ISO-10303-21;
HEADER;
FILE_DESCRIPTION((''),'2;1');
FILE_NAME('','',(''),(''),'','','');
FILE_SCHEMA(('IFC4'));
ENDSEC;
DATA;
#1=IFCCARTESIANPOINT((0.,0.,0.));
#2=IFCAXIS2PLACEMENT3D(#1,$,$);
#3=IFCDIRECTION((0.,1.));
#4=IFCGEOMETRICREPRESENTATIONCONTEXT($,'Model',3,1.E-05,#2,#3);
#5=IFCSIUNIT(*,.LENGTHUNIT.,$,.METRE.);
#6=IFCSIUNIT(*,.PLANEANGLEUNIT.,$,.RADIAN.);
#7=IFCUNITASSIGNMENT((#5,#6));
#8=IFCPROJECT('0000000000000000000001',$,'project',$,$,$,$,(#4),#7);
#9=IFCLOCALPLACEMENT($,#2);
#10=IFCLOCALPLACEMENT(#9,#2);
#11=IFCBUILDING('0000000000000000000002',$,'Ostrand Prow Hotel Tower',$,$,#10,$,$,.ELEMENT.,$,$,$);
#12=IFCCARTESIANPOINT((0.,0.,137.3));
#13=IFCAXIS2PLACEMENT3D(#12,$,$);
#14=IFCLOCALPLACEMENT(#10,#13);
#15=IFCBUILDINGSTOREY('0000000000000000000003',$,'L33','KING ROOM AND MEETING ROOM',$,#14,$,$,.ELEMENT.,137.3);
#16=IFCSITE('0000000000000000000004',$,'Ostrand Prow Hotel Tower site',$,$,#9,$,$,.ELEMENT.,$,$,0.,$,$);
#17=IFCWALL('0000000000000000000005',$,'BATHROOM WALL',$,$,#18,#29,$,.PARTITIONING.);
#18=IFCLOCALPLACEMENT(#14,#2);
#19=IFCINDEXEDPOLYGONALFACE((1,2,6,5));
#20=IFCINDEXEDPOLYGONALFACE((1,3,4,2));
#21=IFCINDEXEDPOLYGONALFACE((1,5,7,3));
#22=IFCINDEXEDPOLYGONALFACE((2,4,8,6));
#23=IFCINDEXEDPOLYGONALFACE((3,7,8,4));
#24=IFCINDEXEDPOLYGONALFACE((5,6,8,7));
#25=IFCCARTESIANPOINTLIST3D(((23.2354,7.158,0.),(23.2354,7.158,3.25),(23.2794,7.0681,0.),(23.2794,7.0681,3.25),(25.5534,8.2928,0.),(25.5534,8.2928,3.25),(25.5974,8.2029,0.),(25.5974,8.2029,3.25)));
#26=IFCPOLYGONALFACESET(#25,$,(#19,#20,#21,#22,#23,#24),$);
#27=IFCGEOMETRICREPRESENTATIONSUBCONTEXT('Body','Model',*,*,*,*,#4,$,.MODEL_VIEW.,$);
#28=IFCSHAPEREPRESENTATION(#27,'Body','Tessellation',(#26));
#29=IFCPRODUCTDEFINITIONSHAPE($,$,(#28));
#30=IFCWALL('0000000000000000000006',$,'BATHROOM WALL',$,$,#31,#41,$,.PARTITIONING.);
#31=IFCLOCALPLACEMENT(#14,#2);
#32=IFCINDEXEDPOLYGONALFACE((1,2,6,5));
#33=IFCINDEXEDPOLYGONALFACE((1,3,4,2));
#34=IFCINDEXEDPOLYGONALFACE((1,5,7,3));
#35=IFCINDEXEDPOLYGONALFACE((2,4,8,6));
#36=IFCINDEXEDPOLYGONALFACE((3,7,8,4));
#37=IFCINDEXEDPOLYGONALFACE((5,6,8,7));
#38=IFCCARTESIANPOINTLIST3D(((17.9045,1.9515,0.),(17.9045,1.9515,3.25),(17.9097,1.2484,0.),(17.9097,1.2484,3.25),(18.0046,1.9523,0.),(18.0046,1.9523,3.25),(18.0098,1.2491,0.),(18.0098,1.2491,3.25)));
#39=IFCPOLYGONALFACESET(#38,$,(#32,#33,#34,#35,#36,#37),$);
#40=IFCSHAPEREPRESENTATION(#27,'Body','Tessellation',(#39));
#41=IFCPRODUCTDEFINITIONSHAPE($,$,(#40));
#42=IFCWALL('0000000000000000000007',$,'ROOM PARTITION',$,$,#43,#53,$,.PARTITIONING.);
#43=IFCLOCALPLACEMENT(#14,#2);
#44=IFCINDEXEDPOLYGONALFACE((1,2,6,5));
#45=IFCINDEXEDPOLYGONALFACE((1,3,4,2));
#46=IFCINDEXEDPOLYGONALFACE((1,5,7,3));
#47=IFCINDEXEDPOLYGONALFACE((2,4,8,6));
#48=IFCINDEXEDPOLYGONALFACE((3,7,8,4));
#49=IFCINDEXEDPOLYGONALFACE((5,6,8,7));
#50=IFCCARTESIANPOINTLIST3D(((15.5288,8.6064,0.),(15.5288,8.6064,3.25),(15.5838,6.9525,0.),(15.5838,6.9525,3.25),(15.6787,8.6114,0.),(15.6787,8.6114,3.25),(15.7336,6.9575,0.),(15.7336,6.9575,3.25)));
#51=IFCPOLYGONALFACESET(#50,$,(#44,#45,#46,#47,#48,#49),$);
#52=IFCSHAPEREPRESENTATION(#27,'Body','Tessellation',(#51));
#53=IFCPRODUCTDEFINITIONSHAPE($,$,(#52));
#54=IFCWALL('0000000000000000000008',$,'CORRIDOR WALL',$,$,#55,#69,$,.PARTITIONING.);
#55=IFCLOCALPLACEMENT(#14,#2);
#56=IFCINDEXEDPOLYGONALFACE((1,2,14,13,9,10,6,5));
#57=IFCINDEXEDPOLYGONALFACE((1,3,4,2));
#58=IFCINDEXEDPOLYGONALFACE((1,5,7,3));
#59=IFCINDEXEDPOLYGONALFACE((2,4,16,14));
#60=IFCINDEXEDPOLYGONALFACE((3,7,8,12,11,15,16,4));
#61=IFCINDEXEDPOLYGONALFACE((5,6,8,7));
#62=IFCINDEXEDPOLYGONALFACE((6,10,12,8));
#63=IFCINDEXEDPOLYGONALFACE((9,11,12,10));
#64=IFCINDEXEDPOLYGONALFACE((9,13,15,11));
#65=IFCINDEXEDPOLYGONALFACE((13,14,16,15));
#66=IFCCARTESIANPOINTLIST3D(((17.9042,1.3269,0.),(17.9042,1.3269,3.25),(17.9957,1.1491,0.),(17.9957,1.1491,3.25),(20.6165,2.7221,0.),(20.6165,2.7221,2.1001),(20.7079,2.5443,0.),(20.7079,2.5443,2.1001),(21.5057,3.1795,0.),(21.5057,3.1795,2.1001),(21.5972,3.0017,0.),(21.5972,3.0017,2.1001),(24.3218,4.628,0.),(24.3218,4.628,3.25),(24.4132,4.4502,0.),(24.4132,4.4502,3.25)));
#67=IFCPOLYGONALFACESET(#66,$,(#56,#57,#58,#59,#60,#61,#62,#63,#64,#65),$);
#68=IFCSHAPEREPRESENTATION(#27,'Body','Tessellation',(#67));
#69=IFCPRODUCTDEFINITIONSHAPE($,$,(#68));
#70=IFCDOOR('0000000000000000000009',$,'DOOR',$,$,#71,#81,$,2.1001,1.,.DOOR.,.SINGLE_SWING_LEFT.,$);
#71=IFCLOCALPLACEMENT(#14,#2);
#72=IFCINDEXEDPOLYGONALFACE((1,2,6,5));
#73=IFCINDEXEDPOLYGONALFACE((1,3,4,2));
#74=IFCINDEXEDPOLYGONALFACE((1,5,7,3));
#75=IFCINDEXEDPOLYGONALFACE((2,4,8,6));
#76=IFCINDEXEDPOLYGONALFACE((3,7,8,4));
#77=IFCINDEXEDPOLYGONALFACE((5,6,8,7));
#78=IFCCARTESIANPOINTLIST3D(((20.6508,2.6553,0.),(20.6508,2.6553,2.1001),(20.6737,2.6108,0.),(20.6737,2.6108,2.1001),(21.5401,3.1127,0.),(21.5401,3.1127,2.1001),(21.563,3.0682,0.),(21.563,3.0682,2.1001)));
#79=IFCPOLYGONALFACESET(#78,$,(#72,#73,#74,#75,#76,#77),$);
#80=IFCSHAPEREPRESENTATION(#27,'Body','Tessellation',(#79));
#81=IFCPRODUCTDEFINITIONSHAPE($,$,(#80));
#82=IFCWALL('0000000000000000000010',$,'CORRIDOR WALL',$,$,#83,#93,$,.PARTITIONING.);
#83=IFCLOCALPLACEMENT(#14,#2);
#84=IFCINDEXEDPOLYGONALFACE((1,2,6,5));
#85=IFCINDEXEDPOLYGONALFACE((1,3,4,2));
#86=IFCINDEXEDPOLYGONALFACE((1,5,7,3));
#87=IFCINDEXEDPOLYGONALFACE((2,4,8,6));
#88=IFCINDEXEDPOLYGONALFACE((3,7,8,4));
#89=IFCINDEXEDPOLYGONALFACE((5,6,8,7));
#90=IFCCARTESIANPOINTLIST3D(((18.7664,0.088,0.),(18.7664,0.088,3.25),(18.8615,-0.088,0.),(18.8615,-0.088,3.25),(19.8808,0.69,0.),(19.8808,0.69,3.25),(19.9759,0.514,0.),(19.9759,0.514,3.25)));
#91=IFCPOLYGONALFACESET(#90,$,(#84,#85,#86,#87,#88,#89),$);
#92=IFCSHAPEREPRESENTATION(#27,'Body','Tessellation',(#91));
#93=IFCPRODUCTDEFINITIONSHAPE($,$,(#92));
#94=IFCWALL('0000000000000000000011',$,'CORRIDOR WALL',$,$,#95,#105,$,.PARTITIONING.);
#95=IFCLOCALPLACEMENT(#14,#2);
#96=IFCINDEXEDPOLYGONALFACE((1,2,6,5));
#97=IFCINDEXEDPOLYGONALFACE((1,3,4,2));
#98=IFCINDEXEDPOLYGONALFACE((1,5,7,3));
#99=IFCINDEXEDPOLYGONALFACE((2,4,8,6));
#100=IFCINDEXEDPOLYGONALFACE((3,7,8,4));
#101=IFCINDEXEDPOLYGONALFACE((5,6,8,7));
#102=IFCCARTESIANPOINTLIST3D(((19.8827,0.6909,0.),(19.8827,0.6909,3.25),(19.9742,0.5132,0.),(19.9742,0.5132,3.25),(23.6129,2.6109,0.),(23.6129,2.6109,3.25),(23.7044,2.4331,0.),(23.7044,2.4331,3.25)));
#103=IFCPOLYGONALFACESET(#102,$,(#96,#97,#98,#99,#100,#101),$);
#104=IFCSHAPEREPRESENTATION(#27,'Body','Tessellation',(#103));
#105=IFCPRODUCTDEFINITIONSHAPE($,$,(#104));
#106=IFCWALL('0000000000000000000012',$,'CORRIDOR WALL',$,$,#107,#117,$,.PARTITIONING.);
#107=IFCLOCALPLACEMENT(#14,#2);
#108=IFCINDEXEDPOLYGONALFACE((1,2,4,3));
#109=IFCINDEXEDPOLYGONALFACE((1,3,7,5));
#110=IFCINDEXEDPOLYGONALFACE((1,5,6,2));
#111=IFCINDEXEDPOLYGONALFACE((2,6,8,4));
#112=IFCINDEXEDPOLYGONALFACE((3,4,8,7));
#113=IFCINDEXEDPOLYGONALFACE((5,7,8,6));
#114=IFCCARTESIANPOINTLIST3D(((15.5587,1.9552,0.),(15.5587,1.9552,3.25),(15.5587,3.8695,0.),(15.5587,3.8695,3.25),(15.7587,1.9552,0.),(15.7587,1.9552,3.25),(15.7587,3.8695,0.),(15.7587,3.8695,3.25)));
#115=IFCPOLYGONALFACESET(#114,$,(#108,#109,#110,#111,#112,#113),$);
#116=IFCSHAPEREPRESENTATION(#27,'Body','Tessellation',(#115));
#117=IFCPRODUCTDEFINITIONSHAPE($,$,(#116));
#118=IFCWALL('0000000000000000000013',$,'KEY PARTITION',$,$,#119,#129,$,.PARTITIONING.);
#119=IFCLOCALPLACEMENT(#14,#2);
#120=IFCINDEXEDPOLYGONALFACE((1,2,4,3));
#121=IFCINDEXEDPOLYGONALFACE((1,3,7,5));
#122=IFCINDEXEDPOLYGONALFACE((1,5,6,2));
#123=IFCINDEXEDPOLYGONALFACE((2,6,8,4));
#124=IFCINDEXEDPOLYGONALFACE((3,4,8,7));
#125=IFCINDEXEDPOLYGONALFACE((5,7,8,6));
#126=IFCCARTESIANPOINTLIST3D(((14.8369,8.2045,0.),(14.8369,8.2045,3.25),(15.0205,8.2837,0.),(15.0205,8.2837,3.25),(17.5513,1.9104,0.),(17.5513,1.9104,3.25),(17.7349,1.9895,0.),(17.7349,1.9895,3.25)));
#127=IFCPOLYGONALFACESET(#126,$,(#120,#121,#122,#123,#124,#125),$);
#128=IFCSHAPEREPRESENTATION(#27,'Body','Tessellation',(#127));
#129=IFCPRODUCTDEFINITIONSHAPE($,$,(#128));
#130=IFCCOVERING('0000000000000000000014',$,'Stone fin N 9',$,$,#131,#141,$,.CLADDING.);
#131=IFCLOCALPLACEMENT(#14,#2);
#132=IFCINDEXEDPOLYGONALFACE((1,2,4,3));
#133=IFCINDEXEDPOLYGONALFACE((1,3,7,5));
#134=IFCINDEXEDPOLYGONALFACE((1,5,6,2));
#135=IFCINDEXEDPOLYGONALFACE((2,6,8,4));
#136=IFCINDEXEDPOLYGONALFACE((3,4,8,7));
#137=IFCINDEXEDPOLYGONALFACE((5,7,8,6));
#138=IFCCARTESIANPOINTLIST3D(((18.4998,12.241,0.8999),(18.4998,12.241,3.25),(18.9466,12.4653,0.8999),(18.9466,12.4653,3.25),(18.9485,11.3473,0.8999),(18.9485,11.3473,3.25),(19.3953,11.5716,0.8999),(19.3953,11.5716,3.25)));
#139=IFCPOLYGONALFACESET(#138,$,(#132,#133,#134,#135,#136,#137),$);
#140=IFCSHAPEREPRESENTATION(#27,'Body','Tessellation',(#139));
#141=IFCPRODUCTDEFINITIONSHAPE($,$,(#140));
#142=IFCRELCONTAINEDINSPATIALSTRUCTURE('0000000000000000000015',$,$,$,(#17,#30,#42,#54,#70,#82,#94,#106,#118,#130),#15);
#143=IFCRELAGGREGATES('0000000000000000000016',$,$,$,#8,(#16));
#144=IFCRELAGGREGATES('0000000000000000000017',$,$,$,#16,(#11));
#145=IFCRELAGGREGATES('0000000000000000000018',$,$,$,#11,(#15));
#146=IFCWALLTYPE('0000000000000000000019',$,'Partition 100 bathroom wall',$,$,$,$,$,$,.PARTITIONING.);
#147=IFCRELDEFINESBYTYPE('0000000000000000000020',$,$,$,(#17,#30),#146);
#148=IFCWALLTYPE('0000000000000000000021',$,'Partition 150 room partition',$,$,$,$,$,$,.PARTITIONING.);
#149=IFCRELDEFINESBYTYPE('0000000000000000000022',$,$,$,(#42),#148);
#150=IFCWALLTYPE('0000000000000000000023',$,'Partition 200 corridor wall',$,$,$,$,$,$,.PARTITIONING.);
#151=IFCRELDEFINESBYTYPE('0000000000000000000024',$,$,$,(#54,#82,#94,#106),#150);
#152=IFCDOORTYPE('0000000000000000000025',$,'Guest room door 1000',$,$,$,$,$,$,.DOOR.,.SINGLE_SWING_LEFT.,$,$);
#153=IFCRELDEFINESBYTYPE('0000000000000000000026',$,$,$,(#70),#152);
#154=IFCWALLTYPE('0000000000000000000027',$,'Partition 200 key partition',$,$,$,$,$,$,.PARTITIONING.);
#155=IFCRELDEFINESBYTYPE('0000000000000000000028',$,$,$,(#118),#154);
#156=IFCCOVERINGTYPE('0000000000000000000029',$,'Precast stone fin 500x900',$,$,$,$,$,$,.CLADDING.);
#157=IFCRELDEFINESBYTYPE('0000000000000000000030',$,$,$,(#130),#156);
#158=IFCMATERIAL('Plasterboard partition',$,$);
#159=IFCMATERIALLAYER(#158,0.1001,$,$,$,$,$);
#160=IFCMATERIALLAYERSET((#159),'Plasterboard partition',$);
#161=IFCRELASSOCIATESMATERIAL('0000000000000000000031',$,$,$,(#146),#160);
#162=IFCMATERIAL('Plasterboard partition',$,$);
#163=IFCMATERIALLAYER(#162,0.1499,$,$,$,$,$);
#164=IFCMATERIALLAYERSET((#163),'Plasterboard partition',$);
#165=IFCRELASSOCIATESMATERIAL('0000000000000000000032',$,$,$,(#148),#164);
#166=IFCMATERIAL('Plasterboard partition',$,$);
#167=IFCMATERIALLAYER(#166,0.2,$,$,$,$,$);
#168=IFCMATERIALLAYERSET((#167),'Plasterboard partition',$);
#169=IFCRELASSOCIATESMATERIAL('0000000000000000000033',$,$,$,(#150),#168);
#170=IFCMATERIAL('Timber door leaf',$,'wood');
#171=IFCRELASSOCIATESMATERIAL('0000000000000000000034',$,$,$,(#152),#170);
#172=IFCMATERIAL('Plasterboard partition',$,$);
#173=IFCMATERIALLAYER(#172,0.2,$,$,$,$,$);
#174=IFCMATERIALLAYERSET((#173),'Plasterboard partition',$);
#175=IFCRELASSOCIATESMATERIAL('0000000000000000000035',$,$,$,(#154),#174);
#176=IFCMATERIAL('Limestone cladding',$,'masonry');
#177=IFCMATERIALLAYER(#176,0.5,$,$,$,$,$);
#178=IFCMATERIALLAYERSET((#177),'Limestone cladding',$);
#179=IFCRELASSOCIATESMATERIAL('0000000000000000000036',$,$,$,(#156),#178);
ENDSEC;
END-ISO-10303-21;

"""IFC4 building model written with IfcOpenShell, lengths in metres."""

from ifc_helpers import new_model, si_unit, direction, frame, frame_2d, origin, place, context, subcontext, project, spatial, rectangle, extrude, material, layer, layer_set, type_object, element, fill, save


model = new_model("IFC4")

# Units and contexts
model_context = context("Model", 3, precision=1e-05, world=origin(), true_north=direction((0.0, 1.0)))
body_context = subcontext(model_context, "Body", "Model", "MODEL_VIEW")
ifc_project = project(units=[si_unit("LENGTHUNIT", "METRE"), si_unit("PLANEANGLEUNIT", "RADIAN")], contexts=[model_context])

# Site, building, storey
site_placement = place(None, origin())
site = spatial("IfcSite", under=ifc_project, at=site_placement, Name="Ostrand Prow Hotel Tower site", CompositionType="ELEMENT", RefElevation=0.0)
building_placement = place(site_placement, origin())
building = spatial("IfcBuilding", under=site, at=building_placement, Name="Ostrand Prow Hotel Tower", CompositionType="ELEMENT")
storey_placement = place(building_placement, frame((0.0, 0.0, 137.3)))
storey = spatial("IfcBuildingStorey", under=building, at=storey_placement, Name="L33", Description="KING ROOM AND MEETING ROOM", CompositionType="ELEMENT", Elevation=137.3)

# Shared definitions
ifc_material_1 = material(Name="Plasterboard partition")
ifc_layer_1 = layer(ifc_material_1, 0.1001)
ifc_layer_set_1 = layer_set([ifc_layer_1], Name="Plasterboard partition")
wall_type_1 = type_object("IfcWallType", Name="Partition 100 bathroom wall", PredefinedType="PARTITIONING", material=ifc_layer_set_1)

# Walls
wall_1_placement = place(storey_placement, frame((23.2573, 7.113, 0.0), z_axis=(0.0, 0.0, 1.0), x_axis=(0.898142, 0.439706, 0.0)))
element("IfcWall", 1, at=wall_1_placement, inside=storey, type_object=wall_type_1, Name="BATHROOM WALL", PredefinedType="PARTITIONING", context=body_context, shape_type="SweptSolid", body=[
    extrude(rectangle(XDim=2.5808, YDim=0.1001, at=frame_2d((1.2905, 0.0))), origin(), (0.0, 0.0, 1.0), 3.25),
])
wall_2_placement = place(storey_placement, frame((17.9597, 1.2488, 0.0), z_axis=(0.0, 0.0, 1.0), x_axis=(-0.007291, 0.999973, 0.0)))
element("IfcWall", 2, at=wall_2_placement, inside=storey, type_object=wall_type_1, Name="BATHROOM WALL", PredefinedType="PARTITIONING", context=body_context, shape_type="SweptSolid", body=[
    extrude(rectangle(XDim=0.7031, YDim=0.1001, at=frame_2d((0.3516, 0.0))), origin(), (0.0, 0.0, 1.0), 3.25),
])
ifc_material_2 = material(Name="Plasterboard partition")
ifc_layer_2 = layer(ifc_material_2, 0.1499)
ifc_layer_set_2 = layer_set([ifc_layer_2], Name="Plasterboard partition")
wall_type_2 = type_object("IfcWallType", Name="Partition 150 room partition", PredefinedType="PARTITIONING", material=ifc_layer_set_2)
wall_3_placement = place(storey_placement, frame((15.6038, 8.6089, 0.0), z_axis=(0.0, 0.0, 1.0), x_axis=(0.033197, -0.999449, 0.0)))
element("IfcWall", 3, at=wall_3_placement, inside=storey, type_object=wall_type_2, Name="ROOM PARTITION", PredefinedType="PARTITIONING", context=body_context, shape_type="SweptSolid", body=[
    extrude(rectangle(XDim=1.6548, YDim=0.1499, at=frame_2d((0.8274, 0.0))), origin(), (0.0, 0.0, 1.0), 3.25),
])

# Wall, opening, door
ifc_material_3 = material(Name="Plasterboard partition")
ifc_layer_3 = layer(ifc_material_3, 0.2)
ifc_layer_set_3 = layer_set([ifc_layer_3], Name="Plasterboard partition")
wall_type_3 = type_object("IfcWallType", Name="Partition 200 corridor wall", PredefinedType="PARTITIONING", material=ifc_layer_set_3)
wall_4_placement = place(storey_placement, frame((17.95, 1.238, 0.0), z_axis=(0.0, 0.0, 1.0), x_axis=(0.889254, 0.457415, 0.0)))
wall_4 = element("IfcWall", 4, at=wall_4_placement, inside=storey, type_object=wall_type_3, Name="CORRIDOR WALL", PredefinedType="PARTITIONING", context=body_context, shape_type="SweptSolid", body=[
    extrude(rectangle(XDim=7.2168, YDim=0.2, at=frame_2d((3.6084, 0.0))), origin(), (0.0, 0.0, 1.0), 3.25),
])
opening_1_placement = place(wall_4_placement, frame((3.05, 0.0, 0.0)))
opening_1 = element("IfcOpeningElement", 5, at=opening_1_placement, cuts=wall_4, PredefinedType="OPENING", context=body_context, shape_type="SweptSolid", body=[
    extrude(rectangle(XDim=1.0, YDim=2.1001, at=frame_2d((0.5, 1.05))), frame((0.0, 0.1099, 0.0), z_axis=(0.0, -1.0, 0.0), x_axis=(1.0, 0.0, 0.0)), (0.0, 0.0, 1.0), 0.22),
])
ifc_material_4 = material(Name="Timber door leaf", Category="wood")
door_type_1 = type_object("IfcDoorType", Name="Guest room door 1000", OperationType="SINGLE_SWING_LEFT", PredefinedType="DOOR", material=ifc_material_4)
door_1_placement = place(opening_1_placement, origin())
door_1 = element("IfcDoor", 6, at=door_1_placement, inside=storey, type_object=door_type_1, Name="DOOR", OperationType="SINGLE_SWING_LEFT", OverallHeight=2.1001, OverallWidth=1.0, PredefinedType="DOOR", context=body_context, shape_type="SweptSolid", body=[
    extrude(rectangle(XDim=1.0, YDim=2.1001, at=frame_2d((0.5, 1.05))), frame((0.0, 0.0249, 0.0), z_axis=(0.0, -1.0, 0.0), x_axis=(1.0, 0.0, 0.0)), (0.0, 0.0, 1.0), 0.05),
])
fill(opening_1, door_1)

# Walls
wall_5_placement = place(storey_placement, frame((18.814, 0.0, 0.0), z_axis=(0.0, 0.0, 1.0), x_axis=(0.879833, 0.475283, 0.0)))
element("IfcWall", 7, at=wall_5_placement, inside=storey, type_object=wall_type_3, Name="CORRIDOR WALL", PredefinedType="PARTITIONING", context=body_context, shape_type="SweptSolid", body=[
    extrude(rectangle(XDim=1.2666, YDim=0.2, at=frame_2d((0.6333, 0.0))), origin(), (0.0, 0.0, 1.0), 3.25),
])
wall_6_placement = place(storey_placement, frame((19.9285, 0.6021, 0.0), z_axis=(0.0, 0.0, 1.0), x_axis=(0.88914, 0.457635, 0.0)))
element("IfcWall", 8, at=wall_6_placement, inside=storey, type_object=wall_type_3, Name="CORRIDOR WALL", PredefinedType="PARTITIONING", context=body_context, shape_type="SweptSolid", body=[
    extrude(rectangle(XDim=4.1953, YDim=0.2, at=frame_2d((2.0977, 0.0))), origin(), (0.0, 0.0, 1.0), 3.25),
])
wall_7_placement = place(storey_placement, frame((15.6587, 3.8694, 0.0), z_axis=(0.0, 0.0, 1.0), x_axis=(0.0, -1.0, 0.0)))
element("IfcWall", 9, at=wall_7_placement, inside=storey, type_object=wall_type_3, Name="CORRIDOR WALL", PredefinedType="PARTITIONING", context=body_context, shape_type="SweptSolid", body=[
    extrude(rectangle(XDim=1.9143, YDim=0.2, at=frame_2d((0.957, 0.0))), origin(), (0.0, 0.0, 1.0), 3.25),
])
ifc_material_5 = material(Name="Plasterboard partition")
ifc_layer_4 = layer(ifc_material_5, 0.2)
ifc_layer_set_4 = layer_set([ifc_layer_4], Name="Plasterboard partition")
wall_type_4 = type_object("IfcWallType", Name="Partition 200 key partition", PredefinedType="PARTITIONING", material=ifc_layer_set_4)
wall_8_placement = place(storey_placement, frame((17.6431, 1.95, 0.0), z_axis=(0.0, 0.0, 1.0), x_axis=(-0.395995, 0.918253, 0.0)))
element("IfcWall", 10, at=wall_8_placement, inside=storey, type_object=wall_type_4, Name="KEY PARTITION", PredefinedType="PARTITIONING", context=body_context, shape_type="SweptSolid", body=[
    extrude(rectangle(XDim=6.8545, YDim=0.2, at=frame_2d((3.4272, 0.0))), origin(), (0.0, 0.0, 1.0), 3.25),
])

# Covering
ifc_material_6 = material(Name="Limestone cladding", Category="masonry")
ifc_layer_5 = layer(ifc_material_6, 0.5)
ifc_layer_set_5 = layer_set([ifc_layer_5], Name="Limestone cladding")
covering_type = type_object("IfcCoveringType", Name="Precast stone fin 500x900", PredefinedType="CLADDING", material=ifc_layer_set_5)
covering_placement = place(storey_placement, frame((19.1719, 11.4595, 0.8999), z_axis=(0.0, 0.0, 1.0), x_axis=(-0.448678, 0.893694, 0.0)))
element("IfcCovering", 11, at=covering_placement, inside=storey, type_object=covering_type, Name="Stone fin N 9", PredefinedType="CLADDING", context=body_context, shape_type="SweptSolid", body=[
    extrude(rectangle(XDim=1.0, YDim=0.5, at=frame_2d((0.5, 0.0))), origin(), (0.0, 0.0, 1.0), 2.3501),
])

save(model, "model.ifc")
